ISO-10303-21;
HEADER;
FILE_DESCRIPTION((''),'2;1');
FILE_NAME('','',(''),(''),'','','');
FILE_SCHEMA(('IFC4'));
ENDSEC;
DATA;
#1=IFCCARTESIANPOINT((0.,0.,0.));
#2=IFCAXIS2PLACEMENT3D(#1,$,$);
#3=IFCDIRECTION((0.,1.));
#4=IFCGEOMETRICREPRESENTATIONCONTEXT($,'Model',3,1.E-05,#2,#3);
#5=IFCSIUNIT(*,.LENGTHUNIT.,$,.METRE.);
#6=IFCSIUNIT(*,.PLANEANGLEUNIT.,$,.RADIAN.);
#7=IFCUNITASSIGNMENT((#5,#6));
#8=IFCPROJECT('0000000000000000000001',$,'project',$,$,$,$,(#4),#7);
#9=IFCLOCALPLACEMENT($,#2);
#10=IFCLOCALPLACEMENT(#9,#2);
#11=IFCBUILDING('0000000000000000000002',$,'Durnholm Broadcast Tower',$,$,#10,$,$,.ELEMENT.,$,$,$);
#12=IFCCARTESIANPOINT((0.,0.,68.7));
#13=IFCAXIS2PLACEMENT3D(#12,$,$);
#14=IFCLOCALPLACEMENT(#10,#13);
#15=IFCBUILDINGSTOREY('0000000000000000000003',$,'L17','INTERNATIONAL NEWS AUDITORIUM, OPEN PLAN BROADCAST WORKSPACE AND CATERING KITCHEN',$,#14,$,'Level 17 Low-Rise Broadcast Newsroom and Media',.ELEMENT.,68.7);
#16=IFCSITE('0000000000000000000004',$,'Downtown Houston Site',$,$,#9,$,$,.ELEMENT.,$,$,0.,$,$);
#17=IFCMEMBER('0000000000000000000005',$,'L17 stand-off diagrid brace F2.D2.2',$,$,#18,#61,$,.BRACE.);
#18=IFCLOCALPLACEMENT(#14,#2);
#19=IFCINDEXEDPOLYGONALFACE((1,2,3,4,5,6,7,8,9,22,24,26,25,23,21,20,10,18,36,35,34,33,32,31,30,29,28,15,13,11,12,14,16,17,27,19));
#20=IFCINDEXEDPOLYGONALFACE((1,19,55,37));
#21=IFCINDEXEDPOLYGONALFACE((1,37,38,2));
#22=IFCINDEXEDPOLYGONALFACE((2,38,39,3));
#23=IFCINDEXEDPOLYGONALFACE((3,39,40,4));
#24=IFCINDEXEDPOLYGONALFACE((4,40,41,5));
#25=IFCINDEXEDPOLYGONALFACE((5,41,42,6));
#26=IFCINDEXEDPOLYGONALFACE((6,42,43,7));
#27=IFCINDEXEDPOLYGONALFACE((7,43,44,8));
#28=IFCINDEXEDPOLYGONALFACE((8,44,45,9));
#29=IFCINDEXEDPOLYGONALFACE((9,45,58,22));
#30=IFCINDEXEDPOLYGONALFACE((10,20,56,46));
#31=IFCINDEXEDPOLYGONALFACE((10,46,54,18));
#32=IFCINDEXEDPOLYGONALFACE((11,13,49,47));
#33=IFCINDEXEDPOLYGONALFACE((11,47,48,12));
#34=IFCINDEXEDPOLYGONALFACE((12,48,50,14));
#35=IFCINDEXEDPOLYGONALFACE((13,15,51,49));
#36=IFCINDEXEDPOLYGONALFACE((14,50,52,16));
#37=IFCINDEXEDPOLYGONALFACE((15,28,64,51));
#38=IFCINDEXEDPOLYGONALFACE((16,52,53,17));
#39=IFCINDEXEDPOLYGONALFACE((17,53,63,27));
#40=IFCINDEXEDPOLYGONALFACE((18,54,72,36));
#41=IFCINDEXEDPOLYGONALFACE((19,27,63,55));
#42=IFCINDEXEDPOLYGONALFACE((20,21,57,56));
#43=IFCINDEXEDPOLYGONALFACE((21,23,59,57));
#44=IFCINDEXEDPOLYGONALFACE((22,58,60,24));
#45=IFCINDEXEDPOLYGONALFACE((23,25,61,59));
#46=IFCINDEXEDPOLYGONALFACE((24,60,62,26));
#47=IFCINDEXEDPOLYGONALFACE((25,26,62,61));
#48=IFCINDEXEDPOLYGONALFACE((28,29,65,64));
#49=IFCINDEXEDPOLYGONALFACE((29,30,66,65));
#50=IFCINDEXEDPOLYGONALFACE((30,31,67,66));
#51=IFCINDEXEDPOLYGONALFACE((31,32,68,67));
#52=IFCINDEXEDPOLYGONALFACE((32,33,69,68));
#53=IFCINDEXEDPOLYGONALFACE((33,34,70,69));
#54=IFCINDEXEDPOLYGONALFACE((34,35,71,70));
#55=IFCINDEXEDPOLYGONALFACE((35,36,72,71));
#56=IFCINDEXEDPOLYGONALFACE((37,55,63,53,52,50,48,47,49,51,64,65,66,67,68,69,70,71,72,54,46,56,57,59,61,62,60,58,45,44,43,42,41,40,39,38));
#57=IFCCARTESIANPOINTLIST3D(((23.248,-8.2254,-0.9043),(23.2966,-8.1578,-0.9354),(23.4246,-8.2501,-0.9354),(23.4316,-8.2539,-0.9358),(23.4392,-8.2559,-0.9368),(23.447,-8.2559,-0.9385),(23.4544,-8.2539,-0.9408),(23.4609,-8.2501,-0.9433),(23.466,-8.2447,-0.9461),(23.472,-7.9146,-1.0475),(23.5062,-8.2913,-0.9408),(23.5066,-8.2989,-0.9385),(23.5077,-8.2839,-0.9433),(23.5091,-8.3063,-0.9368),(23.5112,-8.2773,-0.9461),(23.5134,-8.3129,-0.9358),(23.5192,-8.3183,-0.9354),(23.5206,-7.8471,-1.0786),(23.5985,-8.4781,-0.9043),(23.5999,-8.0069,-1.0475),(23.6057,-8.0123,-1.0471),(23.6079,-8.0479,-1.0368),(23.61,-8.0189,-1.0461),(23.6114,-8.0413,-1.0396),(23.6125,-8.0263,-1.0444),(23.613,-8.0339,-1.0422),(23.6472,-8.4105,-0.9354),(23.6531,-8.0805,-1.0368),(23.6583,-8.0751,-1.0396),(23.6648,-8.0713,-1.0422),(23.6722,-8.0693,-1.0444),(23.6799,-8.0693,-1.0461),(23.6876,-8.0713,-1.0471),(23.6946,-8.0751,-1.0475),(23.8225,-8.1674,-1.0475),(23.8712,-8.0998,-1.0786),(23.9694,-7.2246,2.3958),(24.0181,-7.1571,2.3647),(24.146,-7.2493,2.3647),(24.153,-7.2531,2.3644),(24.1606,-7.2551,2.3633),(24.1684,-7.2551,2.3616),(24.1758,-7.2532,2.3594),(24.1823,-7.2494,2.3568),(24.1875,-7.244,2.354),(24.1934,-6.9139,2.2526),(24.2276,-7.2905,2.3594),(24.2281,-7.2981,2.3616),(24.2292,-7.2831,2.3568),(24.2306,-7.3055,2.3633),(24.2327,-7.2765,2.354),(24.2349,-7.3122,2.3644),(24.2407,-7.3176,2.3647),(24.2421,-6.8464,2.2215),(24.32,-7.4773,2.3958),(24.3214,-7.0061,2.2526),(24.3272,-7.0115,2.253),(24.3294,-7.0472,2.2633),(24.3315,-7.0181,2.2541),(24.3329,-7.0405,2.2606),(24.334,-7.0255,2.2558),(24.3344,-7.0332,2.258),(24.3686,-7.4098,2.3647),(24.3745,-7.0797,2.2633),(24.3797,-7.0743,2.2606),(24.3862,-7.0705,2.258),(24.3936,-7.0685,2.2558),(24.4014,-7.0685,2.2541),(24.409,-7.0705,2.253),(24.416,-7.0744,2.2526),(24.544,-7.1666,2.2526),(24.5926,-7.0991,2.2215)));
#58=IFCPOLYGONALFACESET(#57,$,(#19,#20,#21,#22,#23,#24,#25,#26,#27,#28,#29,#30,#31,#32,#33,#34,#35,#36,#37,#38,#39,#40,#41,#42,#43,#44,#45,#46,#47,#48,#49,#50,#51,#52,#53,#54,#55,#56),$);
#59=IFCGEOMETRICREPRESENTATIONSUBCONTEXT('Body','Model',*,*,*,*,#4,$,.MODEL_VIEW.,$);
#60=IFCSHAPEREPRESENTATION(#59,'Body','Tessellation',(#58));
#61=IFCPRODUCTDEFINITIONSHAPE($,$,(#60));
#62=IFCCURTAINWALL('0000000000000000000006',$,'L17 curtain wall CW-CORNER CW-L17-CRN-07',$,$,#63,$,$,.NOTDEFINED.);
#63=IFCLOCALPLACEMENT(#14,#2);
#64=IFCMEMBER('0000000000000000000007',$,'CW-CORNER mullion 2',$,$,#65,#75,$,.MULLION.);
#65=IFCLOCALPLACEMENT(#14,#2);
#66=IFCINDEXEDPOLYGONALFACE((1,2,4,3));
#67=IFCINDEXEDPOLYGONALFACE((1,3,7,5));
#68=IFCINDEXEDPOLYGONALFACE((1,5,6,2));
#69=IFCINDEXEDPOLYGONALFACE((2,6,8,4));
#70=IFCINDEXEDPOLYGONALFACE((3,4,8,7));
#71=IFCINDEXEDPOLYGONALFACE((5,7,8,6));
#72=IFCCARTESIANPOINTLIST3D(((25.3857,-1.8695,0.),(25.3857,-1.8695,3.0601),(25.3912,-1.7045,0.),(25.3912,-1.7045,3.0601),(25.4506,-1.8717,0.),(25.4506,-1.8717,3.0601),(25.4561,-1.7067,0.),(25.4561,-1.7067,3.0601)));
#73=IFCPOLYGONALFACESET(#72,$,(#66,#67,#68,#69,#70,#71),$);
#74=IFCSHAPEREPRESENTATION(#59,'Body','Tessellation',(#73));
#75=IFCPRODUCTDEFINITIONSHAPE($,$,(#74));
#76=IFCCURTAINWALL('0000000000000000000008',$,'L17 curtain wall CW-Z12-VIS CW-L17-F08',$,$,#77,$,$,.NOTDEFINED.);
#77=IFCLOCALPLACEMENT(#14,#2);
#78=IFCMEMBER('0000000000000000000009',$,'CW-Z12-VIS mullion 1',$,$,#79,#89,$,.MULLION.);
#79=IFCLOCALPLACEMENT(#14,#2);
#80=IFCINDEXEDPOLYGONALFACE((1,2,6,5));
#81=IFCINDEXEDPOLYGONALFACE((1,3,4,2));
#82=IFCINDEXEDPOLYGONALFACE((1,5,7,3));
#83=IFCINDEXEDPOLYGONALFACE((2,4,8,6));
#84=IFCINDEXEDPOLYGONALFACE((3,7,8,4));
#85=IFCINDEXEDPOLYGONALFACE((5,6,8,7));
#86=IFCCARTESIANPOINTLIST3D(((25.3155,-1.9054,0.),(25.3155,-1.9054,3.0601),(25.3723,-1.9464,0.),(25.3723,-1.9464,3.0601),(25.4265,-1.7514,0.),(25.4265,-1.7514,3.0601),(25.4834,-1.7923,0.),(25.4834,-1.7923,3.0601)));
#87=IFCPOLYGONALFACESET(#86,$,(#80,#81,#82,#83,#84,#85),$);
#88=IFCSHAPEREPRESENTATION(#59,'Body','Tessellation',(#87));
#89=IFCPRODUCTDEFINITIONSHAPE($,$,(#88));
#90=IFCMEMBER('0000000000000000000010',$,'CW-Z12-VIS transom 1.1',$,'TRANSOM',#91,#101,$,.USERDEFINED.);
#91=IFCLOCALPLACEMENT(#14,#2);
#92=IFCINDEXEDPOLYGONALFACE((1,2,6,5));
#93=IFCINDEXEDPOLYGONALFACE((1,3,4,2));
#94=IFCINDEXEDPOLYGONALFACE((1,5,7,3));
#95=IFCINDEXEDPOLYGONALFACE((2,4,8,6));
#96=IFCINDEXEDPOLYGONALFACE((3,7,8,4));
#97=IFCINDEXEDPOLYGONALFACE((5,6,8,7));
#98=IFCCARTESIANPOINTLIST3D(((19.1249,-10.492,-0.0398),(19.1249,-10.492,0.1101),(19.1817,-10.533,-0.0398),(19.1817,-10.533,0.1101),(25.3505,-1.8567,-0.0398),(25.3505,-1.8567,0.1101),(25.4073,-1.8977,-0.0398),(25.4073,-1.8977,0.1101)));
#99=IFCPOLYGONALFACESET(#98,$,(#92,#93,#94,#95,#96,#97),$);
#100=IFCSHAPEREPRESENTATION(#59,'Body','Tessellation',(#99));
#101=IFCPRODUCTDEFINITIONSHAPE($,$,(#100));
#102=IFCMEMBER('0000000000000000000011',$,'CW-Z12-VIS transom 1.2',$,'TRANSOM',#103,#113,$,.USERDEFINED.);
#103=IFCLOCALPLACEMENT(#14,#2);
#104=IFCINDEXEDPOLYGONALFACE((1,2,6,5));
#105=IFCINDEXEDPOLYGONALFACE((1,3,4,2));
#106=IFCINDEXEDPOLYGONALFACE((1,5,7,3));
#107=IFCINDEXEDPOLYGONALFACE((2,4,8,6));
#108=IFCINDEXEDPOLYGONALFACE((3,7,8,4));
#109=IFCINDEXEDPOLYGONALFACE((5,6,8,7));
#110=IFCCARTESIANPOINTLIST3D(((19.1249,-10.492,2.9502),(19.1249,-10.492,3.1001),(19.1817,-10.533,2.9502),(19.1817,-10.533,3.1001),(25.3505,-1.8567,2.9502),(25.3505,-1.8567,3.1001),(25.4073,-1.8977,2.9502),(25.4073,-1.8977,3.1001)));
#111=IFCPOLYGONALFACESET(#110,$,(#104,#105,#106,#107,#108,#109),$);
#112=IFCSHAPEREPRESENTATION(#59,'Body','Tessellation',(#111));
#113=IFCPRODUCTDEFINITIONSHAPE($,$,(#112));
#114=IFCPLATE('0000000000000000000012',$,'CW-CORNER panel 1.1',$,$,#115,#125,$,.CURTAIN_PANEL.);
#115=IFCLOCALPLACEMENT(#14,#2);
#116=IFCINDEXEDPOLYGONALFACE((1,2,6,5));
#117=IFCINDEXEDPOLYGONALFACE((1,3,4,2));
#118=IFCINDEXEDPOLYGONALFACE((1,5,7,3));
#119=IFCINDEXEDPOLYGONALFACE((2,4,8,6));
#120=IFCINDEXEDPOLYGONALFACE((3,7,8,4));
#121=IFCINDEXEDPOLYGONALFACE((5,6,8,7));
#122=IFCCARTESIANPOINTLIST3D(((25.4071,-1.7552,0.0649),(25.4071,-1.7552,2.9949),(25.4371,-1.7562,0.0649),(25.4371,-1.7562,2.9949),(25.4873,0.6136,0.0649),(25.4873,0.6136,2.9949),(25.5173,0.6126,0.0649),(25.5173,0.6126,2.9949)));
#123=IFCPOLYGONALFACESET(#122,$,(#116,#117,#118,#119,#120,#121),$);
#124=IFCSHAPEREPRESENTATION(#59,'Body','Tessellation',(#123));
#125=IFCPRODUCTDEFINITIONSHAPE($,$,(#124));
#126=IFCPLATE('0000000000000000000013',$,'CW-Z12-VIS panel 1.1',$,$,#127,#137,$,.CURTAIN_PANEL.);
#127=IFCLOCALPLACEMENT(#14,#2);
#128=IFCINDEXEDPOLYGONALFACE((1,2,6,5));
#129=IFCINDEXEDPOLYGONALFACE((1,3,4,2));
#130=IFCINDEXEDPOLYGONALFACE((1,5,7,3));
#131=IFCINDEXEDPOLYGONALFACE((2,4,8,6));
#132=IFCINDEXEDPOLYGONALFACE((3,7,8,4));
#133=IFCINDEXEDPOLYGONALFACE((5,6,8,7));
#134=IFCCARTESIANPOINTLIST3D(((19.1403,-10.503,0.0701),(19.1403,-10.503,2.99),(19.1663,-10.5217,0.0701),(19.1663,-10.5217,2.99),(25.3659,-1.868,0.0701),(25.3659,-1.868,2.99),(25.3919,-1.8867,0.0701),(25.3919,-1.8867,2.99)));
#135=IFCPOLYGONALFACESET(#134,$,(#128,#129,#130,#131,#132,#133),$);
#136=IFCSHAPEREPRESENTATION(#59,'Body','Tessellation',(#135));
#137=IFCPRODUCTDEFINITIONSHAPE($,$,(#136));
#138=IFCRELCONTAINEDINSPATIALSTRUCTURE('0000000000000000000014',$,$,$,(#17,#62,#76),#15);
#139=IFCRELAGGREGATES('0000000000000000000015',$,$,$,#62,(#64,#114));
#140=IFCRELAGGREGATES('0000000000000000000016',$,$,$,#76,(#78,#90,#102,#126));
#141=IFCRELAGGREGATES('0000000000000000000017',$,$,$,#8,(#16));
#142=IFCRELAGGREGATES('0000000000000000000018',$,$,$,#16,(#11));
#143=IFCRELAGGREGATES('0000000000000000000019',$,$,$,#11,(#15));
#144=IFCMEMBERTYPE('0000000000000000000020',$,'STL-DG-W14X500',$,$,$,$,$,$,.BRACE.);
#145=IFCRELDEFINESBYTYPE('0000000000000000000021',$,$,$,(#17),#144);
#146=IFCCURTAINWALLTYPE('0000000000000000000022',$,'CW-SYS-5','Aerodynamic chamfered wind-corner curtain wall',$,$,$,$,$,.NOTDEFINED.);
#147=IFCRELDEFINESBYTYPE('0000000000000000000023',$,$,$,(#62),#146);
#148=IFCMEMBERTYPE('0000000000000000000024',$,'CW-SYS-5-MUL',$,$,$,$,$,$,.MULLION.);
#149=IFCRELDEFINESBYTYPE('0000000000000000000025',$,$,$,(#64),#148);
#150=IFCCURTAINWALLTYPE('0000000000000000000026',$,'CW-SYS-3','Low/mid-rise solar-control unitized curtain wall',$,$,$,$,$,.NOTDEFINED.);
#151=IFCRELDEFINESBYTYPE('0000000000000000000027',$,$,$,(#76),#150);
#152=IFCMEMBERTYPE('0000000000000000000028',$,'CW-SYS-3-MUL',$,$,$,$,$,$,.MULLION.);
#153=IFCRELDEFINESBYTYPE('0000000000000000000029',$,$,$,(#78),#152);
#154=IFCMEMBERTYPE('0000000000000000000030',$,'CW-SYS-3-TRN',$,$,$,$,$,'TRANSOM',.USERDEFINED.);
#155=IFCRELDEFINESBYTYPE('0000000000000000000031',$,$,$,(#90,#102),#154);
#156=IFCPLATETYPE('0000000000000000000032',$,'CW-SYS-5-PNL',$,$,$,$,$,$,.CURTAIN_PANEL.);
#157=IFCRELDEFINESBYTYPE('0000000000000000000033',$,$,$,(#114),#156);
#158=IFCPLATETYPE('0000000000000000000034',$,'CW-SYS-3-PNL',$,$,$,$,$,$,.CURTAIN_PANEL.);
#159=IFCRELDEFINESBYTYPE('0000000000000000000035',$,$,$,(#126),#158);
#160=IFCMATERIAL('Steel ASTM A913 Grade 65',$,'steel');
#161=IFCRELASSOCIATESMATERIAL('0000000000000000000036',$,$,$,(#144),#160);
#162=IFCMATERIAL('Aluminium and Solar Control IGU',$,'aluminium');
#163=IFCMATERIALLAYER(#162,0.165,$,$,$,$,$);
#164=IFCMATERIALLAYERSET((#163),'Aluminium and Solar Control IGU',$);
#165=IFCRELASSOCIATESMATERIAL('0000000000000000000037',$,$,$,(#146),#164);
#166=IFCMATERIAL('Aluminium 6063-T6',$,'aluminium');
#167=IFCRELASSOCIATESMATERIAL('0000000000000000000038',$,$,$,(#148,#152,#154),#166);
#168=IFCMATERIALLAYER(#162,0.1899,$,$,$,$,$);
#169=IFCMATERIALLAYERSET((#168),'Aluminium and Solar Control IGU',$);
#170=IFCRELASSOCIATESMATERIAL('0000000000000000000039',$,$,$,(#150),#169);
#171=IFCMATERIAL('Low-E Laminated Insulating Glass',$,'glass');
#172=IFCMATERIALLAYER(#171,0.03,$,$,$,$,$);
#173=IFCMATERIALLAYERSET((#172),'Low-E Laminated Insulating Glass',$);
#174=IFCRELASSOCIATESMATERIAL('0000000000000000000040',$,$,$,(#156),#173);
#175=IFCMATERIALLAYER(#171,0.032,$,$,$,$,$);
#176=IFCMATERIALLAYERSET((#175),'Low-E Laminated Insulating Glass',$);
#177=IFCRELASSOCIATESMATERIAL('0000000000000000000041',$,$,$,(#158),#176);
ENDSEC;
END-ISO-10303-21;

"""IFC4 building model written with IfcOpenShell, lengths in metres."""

from ifc_helpers import new_model, si_unit, direction, frame, origin, origin_2d, place, context, subcontext, project, spatial, rectangle, i_section, extrude, source, transform, mapped, material, layer, layer_set, material_profile, profile_set, type_object, type_shapes, element, aggregate, save


model = new_model("IFC4")

# Units and contexts
model_context = context("Model", 3, precision=1e-05, world=origin(), true_north=direction((0.0, 1.0)))
body_context = subcontext(model_context, "Body", "Model", "MODEL_VIEW")
ifc_project = project(units=[si_unit("LENGTHUNIT", "METRE"), si_unit("PLANEANGLEUNIT", "RADIAN")], contexts=[model_context])

# Site, building, storey
site_placement = place(None, origin())
site = spatial("IfcSite", under=ifc_project, at=site_placement, Name="Downtown Houston Site", CompositionType="ELEMENT", RefElevation=0.0)
building_placement = place(site_placement, origin())
building = spatial("IfcBuilding", under=site, at=building_placement, Name="Durnholm Broadcast Tower", CompositionType="ELEMENT")
storey_placement = place(building_placement, frame((0.0, 0.0, 68.7)))
storey = spatial("IfcBuildingStorey", under=building, at=storey_placement, Name="L17", Description="INTERNATIONAL NEWS AUDITORIUM, OPEN PLAN BROADCAST WORKSPACE AND CATERING KITCHEN", LongName="Level 17 Low-Rise Broadcast Newsroom and Media", CompositionType="ELEMENT", Elevation=68.7)

# Member
ifc_material_1 = material(Name="Steel ASTM A913 Grade 65", Category="steel")
ifc_material_profile_1 = material_profile(ifc_material_1, i_section(OverallWidth=0.4321, OverallDepth=0.4978, WebThickness=0.0557, FlangeThickness=0.0889, FilletRadius=0.0305, at=origin_2d()), Name="W14X500")
ifc_profile_set_1 = profile_set([ifc_material_profile_1], Name="Steel ASTM A913 Grade 65")
member_type_1 = type_object("IfcMemberType", Name="STL-DG-W14X500", PredefinedType="BRACE", material=ifc_profile_set_1)
shared_shape_1 = source(origin(), body_context, "Body", "SweptSolid", [
    extrude(i_section(OverallWidth=0.4321, OverallDepth=0.4978, WebThickness=0.0557, FlangeThickness=0.0889, FilletRadius=0.0305, at=origin_2d()), origin(), (0.0, 0.0, 1.0), 3.5232),
])
type_shapes(member_type_1, [shared_shape_1])
for number, where, z_axis, x_axis, name in (
    (1, (23.5596, -8.1626, -0.9915), (0.204773, 0.284049, 0.936688), (-0.811185, 0.584789, 0.0), "L17 stand-off diagrid brace F2.D2.2"),
):
    element("IfcMember", number, at=place(storey_placement, frame(where, z_axis=z_axis, x_axis=x_axis)), inside=storey, type_object=member_type_1, Name=name, PredefinedType="BRACE", context=body_context, shape_type="MappedRepresentation", body=[
        mapped(shared_shape_1, transform((0.0, 0.0, 0.0), x_axis=(1.0, 0.0, 0.0), y_axis=(0.0, 1.0, 0.0), z_axis=(0.0, 0.0, 1.0), scale=1.0)),
    ])

# Curtain wall, member
ifc_material_2 = material(Name="Aluminium and Solar Control IGU", Category="aluminium")
ifc_layer_1 = layer(ifc_material_2, 0.165)
ifc_layer_set_1 = layer_set([ifc_layer_1], Name="Aluminium and Solar Control IGU")
curtain_wall_type_1 = type_object("IfcCurtainWallType", Name="CW-SYS-5", Description="Aerodynamic chamfered wind-corner curtain wall", PredefinedType="NOTDEFINED", material=ifc_layer_set_1)
curtain_wall_1_placement = place(storey_placement, origin())
curtain_wall_1 = element("IfcCurtainWall", 2, at=curtain_wall_1_placement, inside=storey, type_object=curtain_wall_type_1, Name="L17 curtain wall CW-CORNER CW-L17-CRN-07", PredefinedType="NOTDEFINED")
ifc_material_3 = material(Name="Aluminium 6063-T6", Category="aluminium")
ifc_material_profile_2 = material_profile(ifc_material_3, rectangle(XDim=0.0649, YDim=0.165, at=origin_2d()), Name="CWM65X165")
ifc_profile_set_2 = profile_set([ifc_material_profile_2], Name="Aluminium 6063-T6")
member_type_2 = type_object("IfcMemberType", Name="CW-SYS-5-MUL", PredefinedType="MULLION", material=ifc_profile_set_2)
shared_shape_2 = source(origin(), body_context, "Body", "SweptSolid", [
    extrude(rectangle(XDim=0.0649, YDim=0.165, at=origin_2d()), origin(), (0.0, 0.0, 1.0), 3.0601),
])
type_shapes(member_type_2, [shared_shape_2])
member_1_placement = place(storey_placement, frame((25.4209, -1.7881, 0.0), z_axis=(0.0, 0.0, 1.0), x_axis=(0.999427, -0.03384, 0.0)))
member_1 = element("IfcMember", 3, at=member_1_placement, type_object=member_type_2, Name="CW-CORNER mullion 2", PredefinedType="MULLION", context=body_context, shape_type="MappedRepresentation", body=[
    mapped(shared_shape_2, transform((0.0, 0.0, 0.0), x_axis=(1.0, 0.0, 0.0), y_axis=(0.0, 1.0, 0.0), z_axis=(0.0, 0.0, 1.0), scale=1.0)),
])

# Curtain wall, members
ifc_layer_2 = layer(ifc_material_2, 0.1899)
ifc_layer_set_2 = layer_set([ifc_layer_2], Name="Aluminium and Solar Control IGU")
curtain_wall_type_2 = type_object("IfcCurtainWallType", Name="CW-SYS-3", Description="Low/mid-rise solar-control unitized curtain wall", PredefinedType="NOTDEFINED", material=ifc_layer_set_2)
curtain_wall_2_placement = place(storey_placement, origin())
curtain_wall_2 = element("IfcCurtainWall", 4, at=curtain_wall_2_placement, inside=storey, type_object=curtain_wall_type_2, Name="L17 curtain wall CW-Z12-VIS CW-L17-F08", PredefinedType="NOTDEFINED")
ifc_material_profile_3 = material_profile(ifc_material_3, rectangle(XDim=0.0701, YDim=0.1899, at=origin_2d()), Name="CWM70X190")
ifc_profile_set_3 = profile_set([ifc_material_profile_3], Name="Aluminium 6063-T6")
member_type_3 = type_object("IfcMemberType", Name="CW-SYS-3-MUL", PredefinedType="MULLION", material=ifc_profile_set_3)
shared_shape_3 = source(origin(), body_context, "Body", "SweptSolid", [
    extrude(rectangle(XDim=0.0701, YDim=0.1899, at=origin_2d()), origin(), (0.0, 0.0, 1.0), 3.0601),
])
type_shapes(member_type_3, [shared_shape_3])
member_2_placement = place(storey_placement, frame((25.3994, -1.8489, 0.0), z_axis=(0.0, 0.0, 1.0), x_axis=(0.811161, -0.584823, 0.0)))
member_2 = element("IfcMember", 5, at=member_2_placement, type_object=member_type_3, Name="CW-Z12-VIS mullion 1", PredefinedType="MULLION", context=body_context, shape_type="MappedRepresentation", body=[
    mapped(shared_shape_3, transform((0.0, 0.0, 0.0), x_axis=(1.0, 0.0, 0.0), y_axis=(0.0, 1.0, 0.0), z_axis=(0.0, 0.0, 1.0), scale=1.0)),
])
ifc_material_profile_4 = material_profile(ifc_material_3, rectangle(XDim=0.0701, YDim=0.1499, at=origin_2d()), Name="CWT70X150")
ifc_profile_set_4 = profile_set([ifc_material_profile_4], Name="Aluminium 6063-T6")
member_type_4 = type_object("IfcMemberType", Name="CW-SYS-3-TRN", ElementType="TRANSOM", PredefinedType="USERDEFINED", material=ifc_profile_set_4)
shared_shape_4 = source(origin(), body_context, "Body", "SweptSolid", [
    extrude(rectangle(XDim=0.0701, YDim=0.1499, at=origin_2d()), origin(), (0.0, 0.0, 1.0), 10.6455),
])
type_shapes(member_type_4, [shared_shape_4])
member_3_placement = place(storey_placement, frame((25.3789, -1.8772, 0.0352), z_axis=(-0.584812, -0.811169, 0.0), x_axis=(0.811169, -0.584812, 0.0)))
member_3 = element("IfcMember", 6, at=member_3_placement, type_object=member_type_4, Name="CW-Z12-VIS transom 1.1", ObjectType="TRANSOM", PredefinedType="USERDEFINED", context=body_context, shape_type="MappedRepresentation", body=[
    mapped(shared_shape_4, transform((0.0, 0.0, 0.0), x_axis=(1.0, 0.0, 0.0), y_axis=(0.0, 1.0, 0.0), z_axis=(0.0, 0.0, 1.0), scale=1.0)),
])
member_4_placement = place(storey_placement, frame((25.3789, -1.8772, 3.0251), z_axis=(-0.584812, -0.811169, 0.0), x_axis=(0.811169, -0.584812, 0.0)))
member_4 = element("IfcMember", 7, at=member_4_placement, type_object=member_type_4, Name="CW-Z12-VIS transom 1.2", ObjectType="TRANSOM", PredefinedType="USERDEFINED", context=body_context, shape_type="MappedRepresentation", body=[
    mapped(shared_shape_4, transform((0.0, 0.0, 0.0), x_axis=(1.0, 0.0, 0.0), y_axis=(0.0, 1.0, 0.0), z_axis=(0.0, 0.0, 1.0), scale=1.0)),
])

# Plates
ifc_material_4 = material(Name="Low-E Laminated Insulating Glass", Category="glass")
ifc_layer_3 = layer(ifc_material_4, 0.03)
ifc_layer_set_3 = layer_set([ifc_layer_3], Name="Low-E Laminated Insulating Glass")
plate_type_1 = type_object("IfcPlateType", Name="CW-SYS-5-PNL", PredefinedType="CURTAIN_PANEL", material=ifc_layer_set_3)
shared_shape_5 = source(origin(), body_context, "Body", "SweptSolid", [
    extrude(rectangle(XDim=2.3701, YDim=0.03, at=origin_2d()), origin(), (0.0, 0.0, 1.0), 2.9299),
])
type_shapes(plate_type_1, [shared_shape_5])
plate_1_placement = place(storey_placement, frame((25.4622, -0.5713, 0.0649), z_axis=(0.0, 0.0, 1.0), x_axis=(-0.03384, -0.999427, 0.0)))
plate_1 = element("IfcPlate", 8, at=plate_1_placement, type_object=plate_type_1, Name="CW-CORNER panel 1.1", PredefinedType="CURTAIN_PANEL", context=body_context, shape_type="MappedRepresentation", body=[
    mapped(shared_shape_5, transform((0.0, 0.0, 0.0), x_axis=(1.0, 0.0, 0.0), y_axis=(0.0, 1.0, 0.0), z_axis=(0.0, 0.0, 1.0), scale=1.0)),
])
aggregate(curtain_wall_1, [member_1, plate_1])
ifc_layer_4 = layer(ifc_material_4, 0.032)
ifc_layer_set_4 = layer_set([ifc_layer_4], Name="Low-E Laminated Insulating Glass")
plate_type_2 = type_object("IfcPlateType", Name="CW-SYS-3-PNL", PredefinedType="CURTAIN_PANEL", material=ifc_layer_set_4)
shared_shape_6 = source(origin(), body_context, "Body", "SweptSolid", [
    extrude(rectangle(XDim=10.6453, YDim=0.032, at=origin_2d()), origin(), (0.0, 0.0, 1.0), 2.9199),
])
type_shapes(plate_type_2, [shared_shape_6])
plate_2_placement = place(storey_placement, frame((22.2661, -6.1948, 0.0701), z_axis=(0.0, 0.0, 1.0), x_axis=(-0.584823, -0.811161, 0.0)))
plate_2 = element("IfcPlate", 9, at=plate_2_placement, type_object=plate_type_2, Name="CW-Z12-VIS panel 1.1", PredefinedType="CURTAIN_PANEL", context=body_context, shape_type="MappedRepresentation", body=[
    mapped(shared_shape_6, transform((0.0, 0.0, 0.0), x_axis=(1.0, 0.0, 0.0), y_axis=(0.0, 1.0, 0.0), z_axis=(0.0, 0.0, 1.0), scale=1.0)),
])
aggregate(curtain_wall_2, [member_2, member_3, member_4, plate_2])

save(model, "model.ifc")
